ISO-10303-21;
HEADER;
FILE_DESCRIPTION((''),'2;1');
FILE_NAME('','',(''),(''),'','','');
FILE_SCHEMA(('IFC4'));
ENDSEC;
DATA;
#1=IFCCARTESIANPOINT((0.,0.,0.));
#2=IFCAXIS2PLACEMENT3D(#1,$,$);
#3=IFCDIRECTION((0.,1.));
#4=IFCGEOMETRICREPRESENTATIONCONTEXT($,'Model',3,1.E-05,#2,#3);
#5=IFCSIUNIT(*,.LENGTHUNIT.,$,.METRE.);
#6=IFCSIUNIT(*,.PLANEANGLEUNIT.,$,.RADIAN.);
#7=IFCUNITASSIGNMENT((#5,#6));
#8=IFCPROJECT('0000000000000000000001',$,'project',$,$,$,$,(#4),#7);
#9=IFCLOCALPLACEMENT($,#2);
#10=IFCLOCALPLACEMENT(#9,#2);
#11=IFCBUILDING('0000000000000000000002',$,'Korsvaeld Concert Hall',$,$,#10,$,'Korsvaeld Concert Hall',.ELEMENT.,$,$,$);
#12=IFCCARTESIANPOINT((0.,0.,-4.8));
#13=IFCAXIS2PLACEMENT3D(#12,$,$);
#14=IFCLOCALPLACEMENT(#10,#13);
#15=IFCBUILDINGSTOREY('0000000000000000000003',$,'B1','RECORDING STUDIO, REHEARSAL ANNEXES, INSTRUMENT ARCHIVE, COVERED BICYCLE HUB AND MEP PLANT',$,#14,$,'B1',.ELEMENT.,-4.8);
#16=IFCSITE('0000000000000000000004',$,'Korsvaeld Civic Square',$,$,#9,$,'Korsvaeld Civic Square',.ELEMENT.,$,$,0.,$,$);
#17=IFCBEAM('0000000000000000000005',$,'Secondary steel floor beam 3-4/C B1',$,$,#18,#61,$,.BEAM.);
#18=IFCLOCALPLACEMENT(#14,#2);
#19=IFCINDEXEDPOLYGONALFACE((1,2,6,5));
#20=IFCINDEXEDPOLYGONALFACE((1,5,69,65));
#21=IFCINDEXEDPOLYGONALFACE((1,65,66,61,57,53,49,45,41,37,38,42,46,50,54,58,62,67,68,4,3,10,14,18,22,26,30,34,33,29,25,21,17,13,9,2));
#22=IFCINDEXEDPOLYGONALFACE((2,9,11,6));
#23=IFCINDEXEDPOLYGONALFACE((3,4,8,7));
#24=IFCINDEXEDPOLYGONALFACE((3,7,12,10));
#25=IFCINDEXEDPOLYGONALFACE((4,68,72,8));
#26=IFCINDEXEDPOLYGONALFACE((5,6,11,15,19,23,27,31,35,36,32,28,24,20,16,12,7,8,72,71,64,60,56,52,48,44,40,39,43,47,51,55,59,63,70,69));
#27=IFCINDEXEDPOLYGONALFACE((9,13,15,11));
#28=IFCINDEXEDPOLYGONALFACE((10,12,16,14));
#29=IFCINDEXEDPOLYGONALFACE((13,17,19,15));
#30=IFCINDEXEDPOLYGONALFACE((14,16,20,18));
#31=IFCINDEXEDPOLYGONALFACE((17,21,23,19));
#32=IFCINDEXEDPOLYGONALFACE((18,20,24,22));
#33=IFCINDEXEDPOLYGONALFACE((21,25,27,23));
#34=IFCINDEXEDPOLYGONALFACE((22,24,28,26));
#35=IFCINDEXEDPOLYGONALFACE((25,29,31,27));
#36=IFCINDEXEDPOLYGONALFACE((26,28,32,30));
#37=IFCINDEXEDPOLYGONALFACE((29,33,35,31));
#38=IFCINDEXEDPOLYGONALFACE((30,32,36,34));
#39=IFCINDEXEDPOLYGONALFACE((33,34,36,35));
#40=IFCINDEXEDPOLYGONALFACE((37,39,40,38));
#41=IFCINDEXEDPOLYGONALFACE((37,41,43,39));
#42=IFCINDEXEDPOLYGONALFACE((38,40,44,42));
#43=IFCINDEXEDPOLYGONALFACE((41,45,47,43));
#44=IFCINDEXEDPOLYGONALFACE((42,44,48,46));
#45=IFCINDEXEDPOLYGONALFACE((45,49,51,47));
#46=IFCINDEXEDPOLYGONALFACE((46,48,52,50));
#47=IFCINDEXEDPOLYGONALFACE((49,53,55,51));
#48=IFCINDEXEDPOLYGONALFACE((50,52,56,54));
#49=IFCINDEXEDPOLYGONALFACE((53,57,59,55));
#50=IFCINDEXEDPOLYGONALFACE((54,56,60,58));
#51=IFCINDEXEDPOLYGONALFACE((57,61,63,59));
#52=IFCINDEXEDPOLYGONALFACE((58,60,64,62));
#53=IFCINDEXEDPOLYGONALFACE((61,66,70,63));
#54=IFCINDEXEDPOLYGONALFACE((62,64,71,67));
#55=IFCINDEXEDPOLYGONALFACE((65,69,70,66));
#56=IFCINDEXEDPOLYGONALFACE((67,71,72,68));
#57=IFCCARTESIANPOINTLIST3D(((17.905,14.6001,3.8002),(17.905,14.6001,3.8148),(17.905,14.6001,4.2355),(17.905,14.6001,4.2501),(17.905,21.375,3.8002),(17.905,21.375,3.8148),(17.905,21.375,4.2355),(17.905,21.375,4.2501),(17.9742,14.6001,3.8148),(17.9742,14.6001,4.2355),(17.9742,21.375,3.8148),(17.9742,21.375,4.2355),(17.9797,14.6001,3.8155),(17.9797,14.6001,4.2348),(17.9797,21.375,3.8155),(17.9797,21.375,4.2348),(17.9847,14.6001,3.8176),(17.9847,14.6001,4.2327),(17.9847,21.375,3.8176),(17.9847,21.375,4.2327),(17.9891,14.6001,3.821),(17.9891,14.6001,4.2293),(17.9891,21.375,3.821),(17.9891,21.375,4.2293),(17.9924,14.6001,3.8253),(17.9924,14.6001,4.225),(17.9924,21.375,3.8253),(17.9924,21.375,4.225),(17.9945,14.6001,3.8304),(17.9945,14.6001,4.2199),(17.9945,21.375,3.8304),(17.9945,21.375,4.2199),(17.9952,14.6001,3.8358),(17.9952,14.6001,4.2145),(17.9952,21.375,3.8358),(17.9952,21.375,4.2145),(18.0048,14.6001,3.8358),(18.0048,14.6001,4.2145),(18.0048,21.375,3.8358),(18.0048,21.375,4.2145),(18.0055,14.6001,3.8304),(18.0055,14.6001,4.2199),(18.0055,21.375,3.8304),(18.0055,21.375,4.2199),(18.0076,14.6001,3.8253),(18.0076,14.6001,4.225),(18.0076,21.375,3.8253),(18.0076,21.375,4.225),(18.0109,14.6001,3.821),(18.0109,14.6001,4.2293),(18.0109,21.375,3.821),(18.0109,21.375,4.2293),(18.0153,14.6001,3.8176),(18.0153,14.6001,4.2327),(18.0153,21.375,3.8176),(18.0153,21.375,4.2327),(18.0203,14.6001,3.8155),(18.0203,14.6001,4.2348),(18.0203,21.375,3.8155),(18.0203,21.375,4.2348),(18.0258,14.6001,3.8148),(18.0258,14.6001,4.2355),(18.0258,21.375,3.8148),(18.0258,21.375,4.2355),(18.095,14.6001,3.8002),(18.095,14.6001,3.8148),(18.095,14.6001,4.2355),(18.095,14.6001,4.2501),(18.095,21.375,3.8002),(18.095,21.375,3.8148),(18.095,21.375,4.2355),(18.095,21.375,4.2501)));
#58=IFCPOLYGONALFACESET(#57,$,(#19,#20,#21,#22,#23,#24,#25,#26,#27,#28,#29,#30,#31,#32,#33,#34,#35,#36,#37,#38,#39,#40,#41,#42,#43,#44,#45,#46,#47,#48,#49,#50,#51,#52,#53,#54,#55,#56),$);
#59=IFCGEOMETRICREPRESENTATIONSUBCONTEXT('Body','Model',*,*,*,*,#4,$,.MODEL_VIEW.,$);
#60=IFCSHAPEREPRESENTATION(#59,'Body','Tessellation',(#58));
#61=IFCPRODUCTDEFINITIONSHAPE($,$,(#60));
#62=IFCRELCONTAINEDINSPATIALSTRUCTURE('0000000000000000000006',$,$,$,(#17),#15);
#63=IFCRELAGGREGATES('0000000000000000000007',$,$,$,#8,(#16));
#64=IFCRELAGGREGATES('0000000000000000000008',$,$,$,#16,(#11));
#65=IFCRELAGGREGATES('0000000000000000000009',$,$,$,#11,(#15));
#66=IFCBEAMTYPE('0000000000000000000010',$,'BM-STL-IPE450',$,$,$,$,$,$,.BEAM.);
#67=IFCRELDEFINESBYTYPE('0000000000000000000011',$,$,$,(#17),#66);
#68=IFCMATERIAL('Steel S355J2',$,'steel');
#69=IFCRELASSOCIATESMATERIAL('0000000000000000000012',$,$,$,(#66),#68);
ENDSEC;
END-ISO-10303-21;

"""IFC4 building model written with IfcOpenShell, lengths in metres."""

from ifc_helpers import new_model, si_unit, direction, frame, origin, origin_2d, place, context, subcontext, project, spatial, i_section, extrude, material, material_profile, profile_set, type_object, element, save


model = new_model("IFC4")

# Units and contexts
model_context = context("Model", 3, precision=1e-05, world=origin(), true_north=direction((0.0, 1.0)))
body_context = subcontext(model_context, "Body", "Model", "MODEL_VIEW")
ifc_project = project(units=[si_unit("LENGTHUNIT", "METRE"), si_unit("PLANEANGLEUNIT", "RADIAN")], contexts=[model_context])

# Site, building, storey
site_placement = place(None, origin())
site = spatial("IfcSite", under=ifc_project, at=site_placement, Name="Korsvaeld Civic Square", LongName="Korsvaeld Civic Square", CompositionType="ELEMENT", RefElevation=0.0)
building_placement = place(site_placement, origin())
building = spatial("IfcBuilding", under=site, at=building_placement, Name="Korsvaeld Concert Hall", LongName="Korsvaeld Concert Hall", CompositionType="ELEMENT")
storey_placement = place(building_placement, frame((0.0, 0.0, -4.8)))
storey = spatial("IfcBuildingStorey", under=building, at=storey_placement, Name="B1", Description="RECORDING STUDIO, REHEARSAL ANNEXES, INSTRUMENT ARCHIVE, COVERED BICYCLE HUB AND MEP PLANT", LongName="B1", CompositionType="ELEMENT", Elevation=-4.8)

# Beam
ifc_material_1 = material(Name="Steel S355J2", Category="steel")
ifc_material_profile_1 = material_profile(ifc_material_1, i_section(OverallWidth=0.1899, OverallDepth=0.45, WebThickness=0.0095, FlangeThickness=0.0146, FilletRadius=0.021, at=origin_2d()), Name="IPE 450")
ifc_profile_set_1 = profile_set([ifc_material_profile_1], Name="Steel S355J2")
beam_type_1 = type_object("IfcBeamType", Name="BM-STL-IPE450", PredefinedType="BEAM", material=ifc_profile_set_1)
beam_1_placement = place(storey_placement, frame((18.0, 14.6001, 4.0251), z_axis=(0.0, 1.0, 0.0), x_axis=(-1.0, 0.0, 0.0)))
element("IfcBeam", 1, at=beam_1_placement, inside=storey, type_object=beam_type_1, Name="Secondary steel floor beam 3-4/C B1", PredefinedType="BEAM", context=body_context, shape_type="SweptSolid", body=[
    extrude(i_section(OverallWidth=0.1899, OverallDepth=0.45, WebThickness=0.0095, FlangeThickness=0.0146, FilletRadius=0.021, at=origin_2d()), origin(), (0.0, 0.0, 1.0), 6.7749),
])

save(model, "model.ifc")
